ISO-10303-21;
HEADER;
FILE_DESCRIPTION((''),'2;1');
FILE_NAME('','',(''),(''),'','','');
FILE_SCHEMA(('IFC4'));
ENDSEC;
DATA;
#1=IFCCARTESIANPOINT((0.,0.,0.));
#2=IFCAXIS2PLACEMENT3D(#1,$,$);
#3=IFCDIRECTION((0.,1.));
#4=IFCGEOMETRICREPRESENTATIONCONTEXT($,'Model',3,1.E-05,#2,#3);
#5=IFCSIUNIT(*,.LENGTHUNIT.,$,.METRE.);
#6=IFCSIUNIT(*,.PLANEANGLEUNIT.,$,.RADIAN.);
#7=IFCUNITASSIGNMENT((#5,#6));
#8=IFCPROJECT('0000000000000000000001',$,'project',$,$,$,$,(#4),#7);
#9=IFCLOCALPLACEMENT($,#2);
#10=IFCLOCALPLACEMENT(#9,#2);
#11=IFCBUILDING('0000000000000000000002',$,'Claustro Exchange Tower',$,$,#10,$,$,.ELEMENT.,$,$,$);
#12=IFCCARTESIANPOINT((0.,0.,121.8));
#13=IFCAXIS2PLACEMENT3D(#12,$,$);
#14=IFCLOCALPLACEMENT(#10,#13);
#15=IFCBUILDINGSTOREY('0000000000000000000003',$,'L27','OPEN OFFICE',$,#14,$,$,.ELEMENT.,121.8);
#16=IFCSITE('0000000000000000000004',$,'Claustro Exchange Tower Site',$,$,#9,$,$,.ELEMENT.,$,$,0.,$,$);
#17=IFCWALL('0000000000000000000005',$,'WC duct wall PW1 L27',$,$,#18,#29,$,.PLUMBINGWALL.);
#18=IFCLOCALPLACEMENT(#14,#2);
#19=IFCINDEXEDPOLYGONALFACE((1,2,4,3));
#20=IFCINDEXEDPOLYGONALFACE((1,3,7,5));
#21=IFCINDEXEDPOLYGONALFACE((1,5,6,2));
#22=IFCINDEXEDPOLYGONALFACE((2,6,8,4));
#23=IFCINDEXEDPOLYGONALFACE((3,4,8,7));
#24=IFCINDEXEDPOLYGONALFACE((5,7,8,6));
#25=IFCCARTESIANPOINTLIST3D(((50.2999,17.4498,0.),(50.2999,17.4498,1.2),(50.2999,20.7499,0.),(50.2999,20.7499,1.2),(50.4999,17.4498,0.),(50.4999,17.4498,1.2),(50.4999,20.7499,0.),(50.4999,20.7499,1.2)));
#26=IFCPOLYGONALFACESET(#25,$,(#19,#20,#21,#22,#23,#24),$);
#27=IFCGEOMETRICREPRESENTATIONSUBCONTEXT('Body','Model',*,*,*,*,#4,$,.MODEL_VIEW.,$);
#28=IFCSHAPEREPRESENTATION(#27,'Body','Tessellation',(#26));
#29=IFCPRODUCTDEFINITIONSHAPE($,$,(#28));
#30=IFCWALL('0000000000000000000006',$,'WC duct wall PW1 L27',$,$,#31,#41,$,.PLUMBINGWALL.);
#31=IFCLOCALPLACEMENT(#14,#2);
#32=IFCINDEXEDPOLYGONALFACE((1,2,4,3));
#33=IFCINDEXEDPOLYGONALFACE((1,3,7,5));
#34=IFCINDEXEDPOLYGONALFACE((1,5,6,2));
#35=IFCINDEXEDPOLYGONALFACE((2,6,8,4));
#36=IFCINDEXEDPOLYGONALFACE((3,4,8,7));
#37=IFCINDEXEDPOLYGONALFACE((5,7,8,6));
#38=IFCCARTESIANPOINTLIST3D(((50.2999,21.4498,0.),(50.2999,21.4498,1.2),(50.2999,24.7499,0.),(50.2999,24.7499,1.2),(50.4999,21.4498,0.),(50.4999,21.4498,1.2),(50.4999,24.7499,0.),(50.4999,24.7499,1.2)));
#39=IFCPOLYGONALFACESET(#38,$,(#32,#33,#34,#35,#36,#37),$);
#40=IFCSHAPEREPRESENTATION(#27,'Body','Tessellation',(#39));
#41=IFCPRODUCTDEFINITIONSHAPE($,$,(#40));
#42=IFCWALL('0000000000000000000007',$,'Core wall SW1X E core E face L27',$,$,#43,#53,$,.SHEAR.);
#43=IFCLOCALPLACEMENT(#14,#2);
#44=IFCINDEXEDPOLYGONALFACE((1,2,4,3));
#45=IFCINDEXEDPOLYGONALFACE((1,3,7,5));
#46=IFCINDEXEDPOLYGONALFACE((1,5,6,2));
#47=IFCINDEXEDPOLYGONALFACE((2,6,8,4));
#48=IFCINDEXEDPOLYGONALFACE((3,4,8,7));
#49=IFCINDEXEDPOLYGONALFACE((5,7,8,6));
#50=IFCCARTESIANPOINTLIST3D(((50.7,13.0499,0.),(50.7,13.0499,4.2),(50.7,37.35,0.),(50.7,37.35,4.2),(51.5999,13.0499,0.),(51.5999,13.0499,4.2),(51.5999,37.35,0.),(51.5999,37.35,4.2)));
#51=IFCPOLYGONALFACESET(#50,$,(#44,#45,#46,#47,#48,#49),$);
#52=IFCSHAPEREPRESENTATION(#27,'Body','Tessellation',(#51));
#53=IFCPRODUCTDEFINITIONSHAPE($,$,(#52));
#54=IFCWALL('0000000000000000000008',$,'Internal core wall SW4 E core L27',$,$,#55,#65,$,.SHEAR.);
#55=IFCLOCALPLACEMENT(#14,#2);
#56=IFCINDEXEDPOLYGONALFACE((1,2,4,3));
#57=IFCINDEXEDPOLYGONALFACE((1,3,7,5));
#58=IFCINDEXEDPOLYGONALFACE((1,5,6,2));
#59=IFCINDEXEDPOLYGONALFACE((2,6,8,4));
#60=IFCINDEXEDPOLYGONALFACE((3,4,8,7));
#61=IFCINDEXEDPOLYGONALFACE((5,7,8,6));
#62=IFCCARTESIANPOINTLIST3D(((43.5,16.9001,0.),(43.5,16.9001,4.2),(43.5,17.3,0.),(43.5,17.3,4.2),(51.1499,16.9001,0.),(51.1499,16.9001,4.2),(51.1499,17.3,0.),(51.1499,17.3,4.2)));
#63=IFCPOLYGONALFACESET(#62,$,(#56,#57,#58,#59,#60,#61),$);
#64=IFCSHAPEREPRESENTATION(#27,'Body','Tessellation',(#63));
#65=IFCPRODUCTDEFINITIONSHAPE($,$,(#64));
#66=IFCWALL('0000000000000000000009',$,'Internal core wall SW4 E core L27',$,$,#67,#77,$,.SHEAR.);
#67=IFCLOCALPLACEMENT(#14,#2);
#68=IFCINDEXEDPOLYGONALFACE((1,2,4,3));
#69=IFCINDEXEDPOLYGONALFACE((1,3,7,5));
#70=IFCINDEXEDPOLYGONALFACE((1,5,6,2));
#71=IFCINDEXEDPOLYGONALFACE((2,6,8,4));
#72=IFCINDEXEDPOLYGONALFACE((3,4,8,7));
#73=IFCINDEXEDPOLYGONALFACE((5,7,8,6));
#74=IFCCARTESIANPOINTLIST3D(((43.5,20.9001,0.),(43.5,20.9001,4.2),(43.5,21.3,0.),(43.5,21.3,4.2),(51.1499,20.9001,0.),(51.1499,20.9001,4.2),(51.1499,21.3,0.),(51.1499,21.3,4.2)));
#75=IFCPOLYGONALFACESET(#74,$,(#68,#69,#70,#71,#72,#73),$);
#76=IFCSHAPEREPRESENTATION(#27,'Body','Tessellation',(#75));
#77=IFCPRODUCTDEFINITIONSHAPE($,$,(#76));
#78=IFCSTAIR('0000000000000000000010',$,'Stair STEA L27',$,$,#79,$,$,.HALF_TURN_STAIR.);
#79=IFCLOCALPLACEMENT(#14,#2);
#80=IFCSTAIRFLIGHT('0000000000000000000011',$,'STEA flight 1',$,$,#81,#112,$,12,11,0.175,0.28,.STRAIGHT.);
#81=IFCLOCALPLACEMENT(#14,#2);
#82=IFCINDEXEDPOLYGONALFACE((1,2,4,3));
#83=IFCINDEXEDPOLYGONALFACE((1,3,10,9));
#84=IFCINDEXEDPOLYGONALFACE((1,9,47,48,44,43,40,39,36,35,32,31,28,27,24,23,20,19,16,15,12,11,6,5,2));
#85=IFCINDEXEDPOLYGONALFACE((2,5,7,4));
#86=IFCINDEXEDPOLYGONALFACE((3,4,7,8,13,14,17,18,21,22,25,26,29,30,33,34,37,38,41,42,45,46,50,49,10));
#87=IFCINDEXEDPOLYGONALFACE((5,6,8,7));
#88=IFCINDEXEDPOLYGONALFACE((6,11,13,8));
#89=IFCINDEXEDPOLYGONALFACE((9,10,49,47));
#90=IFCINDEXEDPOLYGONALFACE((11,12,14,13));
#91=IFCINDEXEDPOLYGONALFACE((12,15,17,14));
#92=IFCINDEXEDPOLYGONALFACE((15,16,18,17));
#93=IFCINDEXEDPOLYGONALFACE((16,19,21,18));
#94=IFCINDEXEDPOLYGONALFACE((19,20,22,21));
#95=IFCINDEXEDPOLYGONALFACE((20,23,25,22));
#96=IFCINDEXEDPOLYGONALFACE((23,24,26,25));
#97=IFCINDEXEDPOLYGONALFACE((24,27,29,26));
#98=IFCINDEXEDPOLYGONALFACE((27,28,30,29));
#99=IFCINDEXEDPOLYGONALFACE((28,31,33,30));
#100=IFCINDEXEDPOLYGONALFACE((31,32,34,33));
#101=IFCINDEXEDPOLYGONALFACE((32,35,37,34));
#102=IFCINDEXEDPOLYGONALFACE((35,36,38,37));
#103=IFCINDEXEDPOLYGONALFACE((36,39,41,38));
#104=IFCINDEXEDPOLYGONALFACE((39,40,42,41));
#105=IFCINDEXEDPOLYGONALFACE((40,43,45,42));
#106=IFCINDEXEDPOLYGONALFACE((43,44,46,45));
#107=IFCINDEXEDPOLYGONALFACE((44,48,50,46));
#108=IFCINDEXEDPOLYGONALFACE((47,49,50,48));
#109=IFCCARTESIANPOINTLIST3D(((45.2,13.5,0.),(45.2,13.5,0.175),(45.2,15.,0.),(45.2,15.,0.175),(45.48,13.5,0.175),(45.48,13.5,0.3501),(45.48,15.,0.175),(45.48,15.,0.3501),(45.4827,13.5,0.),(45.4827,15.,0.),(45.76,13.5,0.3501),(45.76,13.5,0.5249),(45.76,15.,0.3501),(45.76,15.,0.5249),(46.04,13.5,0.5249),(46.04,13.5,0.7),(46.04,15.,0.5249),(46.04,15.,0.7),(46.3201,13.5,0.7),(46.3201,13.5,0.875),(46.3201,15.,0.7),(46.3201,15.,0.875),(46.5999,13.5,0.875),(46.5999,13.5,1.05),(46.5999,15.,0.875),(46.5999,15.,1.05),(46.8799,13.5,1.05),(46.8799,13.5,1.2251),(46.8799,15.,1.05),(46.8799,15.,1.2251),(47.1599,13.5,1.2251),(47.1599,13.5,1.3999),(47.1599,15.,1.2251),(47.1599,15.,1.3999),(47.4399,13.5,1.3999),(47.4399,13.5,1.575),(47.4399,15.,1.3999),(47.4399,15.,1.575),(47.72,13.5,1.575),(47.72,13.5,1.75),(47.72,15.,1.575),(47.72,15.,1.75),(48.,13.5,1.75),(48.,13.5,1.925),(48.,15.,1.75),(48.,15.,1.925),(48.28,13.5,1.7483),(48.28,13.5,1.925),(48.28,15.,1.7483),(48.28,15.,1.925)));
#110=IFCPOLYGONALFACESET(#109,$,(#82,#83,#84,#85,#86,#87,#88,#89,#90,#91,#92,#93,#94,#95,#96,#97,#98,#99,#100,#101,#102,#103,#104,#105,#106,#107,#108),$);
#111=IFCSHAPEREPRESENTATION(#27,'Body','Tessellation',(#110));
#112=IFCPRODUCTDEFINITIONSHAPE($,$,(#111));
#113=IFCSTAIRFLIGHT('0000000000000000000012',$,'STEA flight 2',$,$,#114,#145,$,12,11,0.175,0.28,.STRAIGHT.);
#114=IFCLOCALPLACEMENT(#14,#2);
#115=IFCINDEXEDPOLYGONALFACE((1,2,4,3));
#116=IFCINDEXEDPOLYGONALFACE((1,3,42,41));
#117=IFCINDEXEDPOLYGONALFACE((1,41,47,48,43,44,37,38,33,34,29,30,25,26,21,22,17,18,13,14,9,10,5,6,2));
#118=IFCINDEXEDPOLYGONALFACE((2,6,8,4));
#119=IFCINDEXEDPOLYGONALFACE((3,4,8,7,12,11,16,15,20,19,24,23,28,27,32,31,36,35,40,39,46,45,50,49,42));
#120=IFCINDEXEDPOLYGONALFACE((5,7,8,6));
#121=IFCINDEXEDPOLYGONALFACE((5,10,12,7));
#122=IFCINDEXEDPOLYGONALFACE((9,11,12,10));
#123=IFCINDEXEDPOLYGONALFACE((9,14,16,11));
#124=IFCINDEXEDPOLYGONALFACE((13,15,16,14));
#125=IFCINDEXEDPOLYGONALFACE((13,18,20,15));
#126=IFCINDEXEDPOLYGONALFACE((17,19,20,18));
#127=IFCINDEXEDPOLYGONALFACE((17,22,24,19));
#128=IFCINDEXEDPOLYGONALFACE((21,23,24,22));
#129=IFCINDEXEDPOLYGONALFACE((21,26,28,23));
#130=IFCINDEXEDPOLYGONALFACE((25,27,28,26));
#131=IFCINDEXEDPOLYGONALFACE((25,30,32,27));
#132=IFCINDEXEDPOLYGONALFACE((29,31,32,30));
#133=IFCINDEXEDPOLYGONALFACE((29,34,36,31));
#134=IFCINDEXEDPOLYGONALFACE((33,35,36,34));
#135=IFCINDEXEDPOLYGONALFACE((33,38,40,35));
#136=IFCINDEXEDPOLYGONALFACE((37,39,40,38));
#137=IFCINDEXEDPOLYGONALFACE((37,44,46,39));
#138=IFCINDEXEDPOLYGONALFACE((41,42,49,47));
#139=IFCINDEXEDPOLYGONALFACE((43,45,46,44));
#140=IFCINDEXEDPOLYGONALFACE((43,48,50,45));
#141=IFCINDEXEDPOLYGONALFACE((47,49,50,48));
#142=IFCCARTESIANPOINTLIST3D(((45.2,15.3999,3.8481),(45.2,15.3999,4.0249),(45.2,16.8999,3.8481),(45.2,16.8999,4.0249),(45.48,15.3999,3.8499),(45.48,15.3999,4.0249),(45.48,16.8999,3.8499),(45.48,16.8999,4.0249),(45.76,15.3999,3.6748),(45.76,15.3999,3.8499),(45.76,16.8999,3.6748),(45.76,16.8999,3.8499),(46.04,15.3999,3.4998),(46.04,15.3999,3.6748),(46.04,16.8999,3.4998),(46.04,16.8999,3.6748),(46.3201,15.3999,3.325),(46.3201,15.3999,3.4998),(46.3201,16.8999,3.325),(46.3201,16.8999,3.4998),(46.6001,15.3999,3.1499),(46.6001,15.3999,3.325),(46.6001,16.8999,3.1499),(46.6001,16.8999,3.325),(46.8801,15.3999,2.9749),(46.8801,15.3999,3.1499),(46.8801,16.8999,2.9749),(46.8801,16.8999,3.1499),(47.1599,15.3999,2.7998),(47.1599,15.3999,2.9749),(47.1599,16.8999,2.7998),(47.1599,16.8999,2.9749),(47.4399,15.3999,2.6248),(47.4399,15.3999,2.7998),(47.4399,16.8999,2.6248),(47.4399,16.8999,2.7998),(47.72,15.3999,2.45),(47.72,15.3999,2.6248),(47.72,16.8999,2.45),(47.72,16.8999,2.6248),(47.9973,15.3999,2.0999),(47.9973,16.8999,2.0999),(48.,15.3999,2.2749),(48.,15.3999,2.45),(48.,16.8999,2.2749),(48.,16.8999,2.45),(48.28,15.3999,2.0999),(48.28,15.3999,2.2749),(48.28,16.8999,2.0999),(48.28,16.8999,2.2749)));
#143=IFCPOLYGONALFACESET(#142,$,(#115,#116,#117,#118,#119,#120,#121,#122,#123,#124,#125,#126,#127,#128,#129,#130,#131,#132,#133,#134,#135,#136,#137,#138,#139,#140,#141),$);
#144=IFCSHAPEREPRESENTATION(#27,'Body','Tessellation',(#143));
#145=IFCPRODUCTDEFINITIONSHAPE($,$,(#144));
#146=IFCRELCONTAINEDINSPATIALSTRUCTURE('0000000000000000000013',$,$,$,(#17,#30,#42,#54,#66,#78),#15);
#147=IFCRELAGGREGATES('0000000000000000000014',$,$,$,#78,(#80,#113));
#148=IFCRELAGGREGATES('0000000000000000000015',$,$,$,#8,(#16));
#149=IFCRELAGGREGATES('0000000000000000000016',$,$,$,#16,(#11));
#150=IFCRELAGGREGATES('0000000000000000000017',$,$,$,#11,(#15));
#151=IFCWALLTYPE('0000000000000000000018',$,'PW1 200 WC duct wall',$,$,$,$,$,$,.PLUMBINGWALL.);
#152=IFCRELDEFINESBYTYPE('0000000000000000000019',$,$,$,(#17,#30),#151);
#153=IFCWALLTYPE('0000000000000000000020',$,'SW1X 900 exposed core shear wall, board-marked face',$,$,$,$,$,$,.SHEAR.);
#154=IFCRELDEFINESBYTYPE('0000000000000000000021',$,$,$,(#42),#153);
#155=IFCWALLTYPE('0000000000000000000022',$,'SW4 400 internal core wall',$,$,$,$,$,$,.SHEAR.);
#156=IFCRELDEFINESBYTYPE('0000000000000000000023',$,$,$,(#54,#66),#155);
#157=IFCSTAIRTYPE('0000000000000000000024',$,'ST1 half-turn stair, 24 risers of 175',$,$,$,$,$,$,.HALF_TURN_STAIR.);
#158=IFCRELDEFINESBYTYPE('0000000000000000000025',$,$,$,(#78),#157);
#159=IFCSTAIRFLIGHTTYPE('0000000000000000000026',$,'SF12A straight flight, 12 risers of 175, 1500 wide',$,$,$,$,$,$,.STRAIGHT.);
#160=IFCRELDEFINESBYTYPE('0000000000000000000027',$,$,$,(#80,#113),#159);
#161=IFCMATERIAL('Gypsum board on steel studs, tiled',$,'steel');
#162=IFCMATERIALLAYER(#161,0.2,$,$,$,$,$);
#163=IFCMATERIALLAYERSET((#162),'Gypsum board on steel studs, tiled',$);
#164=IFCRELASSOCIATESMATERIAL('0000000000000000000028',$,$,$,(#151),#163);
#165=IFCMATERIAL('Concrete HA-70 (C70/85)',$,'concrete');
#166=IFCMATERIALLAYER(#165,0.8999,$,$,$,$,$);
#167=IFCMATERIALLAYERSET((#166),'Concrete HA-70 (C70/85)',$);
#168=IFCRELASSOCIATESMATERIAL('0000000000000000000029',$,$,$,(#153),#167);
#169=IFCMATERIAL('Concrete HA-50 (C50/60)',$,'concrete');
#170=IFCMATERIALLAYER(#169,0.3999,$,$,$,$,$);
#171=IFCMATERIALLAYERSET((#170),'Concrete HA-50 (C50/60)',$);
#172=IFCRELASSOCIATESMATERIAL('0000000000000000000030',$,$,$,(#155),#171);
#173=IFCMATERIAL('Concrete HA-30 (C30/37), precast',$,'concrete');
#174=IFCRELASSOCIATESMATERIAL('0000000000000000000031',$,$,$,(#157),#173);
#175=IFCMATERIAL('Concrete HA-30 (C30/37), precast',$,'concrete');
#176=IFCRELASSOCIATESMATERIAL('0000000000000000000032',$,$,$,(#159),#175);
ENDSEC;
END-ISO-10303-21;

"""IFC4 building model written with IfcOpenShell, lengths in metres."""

from ifc_helpers import new_model, si_unit, direction, frame, frame_2d, origin, place, context, subcontext, project, spatial, polyline, rectangle, outline, extrude, material, layer, layer_set, type_object, element, aggregate, save


model = new_model("IFC4")

# Units and contexts
model_context = context("Model", 3, precision=1e-05, world=origin(), true_north=direction((0.0, 1.0)))
body_context = subcontext(model_context, "Body", "Model", "MODEL_VIEW")
ifc_project = project(units=[si_unit("LENGTHUNIT", "METRE"), si_unit("PLANEANGLEUNIT", "RADIAN")], contexts=[model_context])

# Site, building, storey
site_placement = place(None, origin())
site = spatial("IfcSite", under=ifc_project, at=site_placement, Name="Claustro Exchange Tower Site", CompositionType="ELEMENT", RefElevation=0.0)
building_placement = place(site_placement, origin())
building = spatial("IfcBuilding", under=site, at=building_placement, Name="Claustro Exchange Tower", CompositionType="ELEMENT")
storey_placement = place(building_placement, frame((0.0, 0.0, 121.8)))
storey = spatial("IfcBuildingStorey", under=building, at=storey_placement, Name="L27", Description="OPEN OFFICE", CompositionType="ELEMENT", Elevation=121.8)

# Walls
ifc_material_1 = material(Name="Gypsum board on steel studs, tiled", Category="steel")
ifc_layer_1 = layer(ifc_material_1, 0.2)
ifc_layer_set_1 = layer_set([ifc_layer_1], Name="Gypsum board on steel studs, tiled")
wall_type_1 = type_object("IfcWallType", Name="PW1 200 WC duct wall", PredefinedType="PLUMBINGWALL", material=ifc_layer_set_1)
for number, where, z_axis, x_axis, name in (
    (1, (50.3999, 17.45, 0.0), (0.0, 0.0, 1.0), (0.0, 1.0, 0.0), "WC duct wall PW1 L27"),
    (2, (50.3999, 21.45, 0.0), (0.0, 0.0, 1.0), (0.0, 1.0, 0.0), "WC duct wall PW1 L27"),
):
    element("IfcWall", number, at=place(storey_placement, frame(where, z_axis=z_axis, x_axis=x_axis)), inside=storey, type_object=wall_type_1, Name=name, PredefinedType="PLUMBINGWALL", context=body_context, shape_type="SweptSolid", body=[
        extrude(rectangle(XDim=3.3, YDim=0.2, at=frame_2d((1.6499, 0.0))), origin(), (0.0, 0.0, 1.0), 1.2),
    ])
ifc_material_2 = material(Name="Concrete HA-70 (C70/85)", Category="concrete")
ifc_layer_2 = layer(ifc_material_2, 0.8999)
ifc_layer_set_2 = layer_set([ifc_layer_2], Name="Concrete HA-70 (C70/85)")
wall_type_2 = type_object("IfcWallType", Name="SW1X 900 exposed core shear wall, board-marked face", PredefinedType="SHEAR", material=ifc_layer_set_2)
wall_placement = place(storey_placement, frame((51.1499, 13.05, 0.0), z_axis=(0.0, 0.0, 1.0), x_axis=(0.0, 1.0, 0.0)))
element("IfcWall", 3, at=wall_placement, inside=storey, type_object=wall_type_2, Name="Core wall SW1X E core E face L27", PredefinedType="SHEAR", context=body_context, shape_type="SweptSolid", body=[
    extrude(rectangle(XDim=24.3, YDim=0.8999, at=frame_2d((12.1499, 0.0))), origin(), (0.0, 0.0, 1.0), 4.2),
])
ifc_material_3 = material(Name="Concrete HA-50 (C50/60)", Category="concrete")
ifc_layer_3 = layer(ifc_material_3, 0.3999)
ifc_layer_set_3 = layer_set([ifc_layer_3], Name="Concrete HA-50 (C50/60)")
wall_type_3 = type_object("IfcWallType", Name="SW4 400 internal core wall", PredefinedType="SHEAR", material=ifc_layer_set_3)
for number, where, z_axis, x_axis, name in (
    (4, (51.1499, 17.1001, 0.0), (0.0, 0.0, 1.0), (-1.0, 0.0, 0.0), "Internal core wall SW4 E core L27"),
    (5, (51.1499, 21.1001, 0.0), (0.0, 0.0, 1.0), (-1.0, 0.0, 0.0), "Internal core wall SW4 E core L27"),
):
    element("IfcWall", number, at=place(storey_placement, frame(where, z_axis=z_axis, x_axis=x_axis)), inside=storey, type_object=wall_type_3, Name=name, PredefinedType="SHEAR", context=body_context, shape_type="SweptSolid", body=[
        extrude(rectangle(XDim=7.6499, YDim=0.3999, at=frame_2d((3.825, 0.0))), origin(), (0.0, 0.0, 1.0), 4.2),
    ])

# Stair, stair flights
ifc_material_4 = material(Name="Concrete HA-30 (C30/37), precast", Category="concrete")
stair_type = type_object("IfcStairType", Name="ST1 half-turn stair, 24 risers of 175", PredefinedType="HALF_TURN_STAIR", material=ifc_material_4)
stair_placement = place(storey_placement, origin())
stair = element("IfcStair", 6, at=stair_placement, inside=storey, type_object=stair_type, Name="Stair STEA L27", PredefinedType="HALF_TURN_STAIR")
ifc_material_5 = material(Name="Concrete HA-30 (C30/37), precast", Category="concrete")
stair_flight_type = type_object("IfcStairFlightType", Name="SF12A straight flight, 12 risers of 175, 1500 wide", PredefinedType="STRAIGHT", material=ifc_material_5)
stair_flight_1_placement = place(storey_placement, frame((45.2, 14.25, 0.0), z_axis=(0.0, 0.0, 1.0), x_axis=(1.0, 0.0, 0.0)))
stair_flight_1 = element("IfcStairFlight", 7, at=stair_flight_1_placement, type_object=stair_flight_type, Name="STEA flight 1", NumberOfRisers=12, NumberOfTreads=11, PredefinedType="STRAIGHT", RiserHeight=0.175, TreadLength=0.28, context=body_context, shape_type="SweptSolid", body=[
    extrude(outline(polyline([(0.0, 0.0), (0.0, 0.175), (0.28, 0.175), (0.28, 0.3501), (0.5601, 0.3501), (0.5601, 0.5249), (0.8401, 0.5249), (0.8401, 0.7), (1.1201, 0.7), (1.1201, 0.875), (1.3999, 0.875), (1.3999, 1.05), (1.6799, 1.05), (1.6799, 1.2251), (1.96, 1.2251), (1.96, 1.3999), (2.24, 1.3999), (2.24, 1.575), (2.52, 1.575), (2.52, 1.75), (2.8, 1.75), (2.8, 1.925), (3.0801, 1.925), (3.0801, 2.1001), (3.0801, 1.7483), (0.2827, 0.0), (0.0, 0.0)])), frame((0.0, 0.75, 0.0), z_axis=(0.0, -1.0, 0.0), x_axis=(1.0, 0.0, 0.0)), (0.0, 0.0, 1.0), 1.5),
])
stair_flight_2_placement = place(storey_placement, frame((48.28, 16.1499, 2.0999), z_axis=(0.0, 0.0, 1.0), x_axis=(-1.0, 0.0, 0.0)))
stair_flight_2 = element("IfcStairFlight", 8, at=stair_flight_2_placement, type_object=stair_flight_type, Name="STEA flight 2", NumberOfRisers=12, NumberOfTreads=11, PredefinedType="STRAIGHT", RiserHeight=0.175, TreadLength=0.28, context=body_context, shape_type="SweptSolid", body=[
    extrude(outline(polyline([(0.0, 0.0), (0.0, 0.175), (0.28, 0.175), (0.28, 0.3501), (0.5601, 0.3501), (0.5601, 0.5249), (0.8401, 0.5249), (0.8401, 0.7), (1.1201, 0.7), (1.1201, 0.875), (1.3999, 0.875), (1.3999, 1.05), (1.6799, 1.05), (1.6799, 1.2251), (1.96, 1.2251), (1.96, 1.3999), (2.24, 1.3999), (2.24, 1.575), (2.52, 1.575), (2.52, 1.75), (2.8, 1.75), (2.8, 1.925), (3.0801, 1.925), (3.0801, 2.1001), (3.0801, 1.7483), (0.2827, 0.0), (0.0, 0.0)])), frame((0.0, 0.75, 0.0), z_axis=(0.0, -1.0, 0.0), x_axis=(1.0, 0.0, 0.0)), (0.0, 0.0, 1.0), 1.5),
])
aggregate(stair, [stair_flight_1, stair_flight_2])

save(model, "model.ifc")
